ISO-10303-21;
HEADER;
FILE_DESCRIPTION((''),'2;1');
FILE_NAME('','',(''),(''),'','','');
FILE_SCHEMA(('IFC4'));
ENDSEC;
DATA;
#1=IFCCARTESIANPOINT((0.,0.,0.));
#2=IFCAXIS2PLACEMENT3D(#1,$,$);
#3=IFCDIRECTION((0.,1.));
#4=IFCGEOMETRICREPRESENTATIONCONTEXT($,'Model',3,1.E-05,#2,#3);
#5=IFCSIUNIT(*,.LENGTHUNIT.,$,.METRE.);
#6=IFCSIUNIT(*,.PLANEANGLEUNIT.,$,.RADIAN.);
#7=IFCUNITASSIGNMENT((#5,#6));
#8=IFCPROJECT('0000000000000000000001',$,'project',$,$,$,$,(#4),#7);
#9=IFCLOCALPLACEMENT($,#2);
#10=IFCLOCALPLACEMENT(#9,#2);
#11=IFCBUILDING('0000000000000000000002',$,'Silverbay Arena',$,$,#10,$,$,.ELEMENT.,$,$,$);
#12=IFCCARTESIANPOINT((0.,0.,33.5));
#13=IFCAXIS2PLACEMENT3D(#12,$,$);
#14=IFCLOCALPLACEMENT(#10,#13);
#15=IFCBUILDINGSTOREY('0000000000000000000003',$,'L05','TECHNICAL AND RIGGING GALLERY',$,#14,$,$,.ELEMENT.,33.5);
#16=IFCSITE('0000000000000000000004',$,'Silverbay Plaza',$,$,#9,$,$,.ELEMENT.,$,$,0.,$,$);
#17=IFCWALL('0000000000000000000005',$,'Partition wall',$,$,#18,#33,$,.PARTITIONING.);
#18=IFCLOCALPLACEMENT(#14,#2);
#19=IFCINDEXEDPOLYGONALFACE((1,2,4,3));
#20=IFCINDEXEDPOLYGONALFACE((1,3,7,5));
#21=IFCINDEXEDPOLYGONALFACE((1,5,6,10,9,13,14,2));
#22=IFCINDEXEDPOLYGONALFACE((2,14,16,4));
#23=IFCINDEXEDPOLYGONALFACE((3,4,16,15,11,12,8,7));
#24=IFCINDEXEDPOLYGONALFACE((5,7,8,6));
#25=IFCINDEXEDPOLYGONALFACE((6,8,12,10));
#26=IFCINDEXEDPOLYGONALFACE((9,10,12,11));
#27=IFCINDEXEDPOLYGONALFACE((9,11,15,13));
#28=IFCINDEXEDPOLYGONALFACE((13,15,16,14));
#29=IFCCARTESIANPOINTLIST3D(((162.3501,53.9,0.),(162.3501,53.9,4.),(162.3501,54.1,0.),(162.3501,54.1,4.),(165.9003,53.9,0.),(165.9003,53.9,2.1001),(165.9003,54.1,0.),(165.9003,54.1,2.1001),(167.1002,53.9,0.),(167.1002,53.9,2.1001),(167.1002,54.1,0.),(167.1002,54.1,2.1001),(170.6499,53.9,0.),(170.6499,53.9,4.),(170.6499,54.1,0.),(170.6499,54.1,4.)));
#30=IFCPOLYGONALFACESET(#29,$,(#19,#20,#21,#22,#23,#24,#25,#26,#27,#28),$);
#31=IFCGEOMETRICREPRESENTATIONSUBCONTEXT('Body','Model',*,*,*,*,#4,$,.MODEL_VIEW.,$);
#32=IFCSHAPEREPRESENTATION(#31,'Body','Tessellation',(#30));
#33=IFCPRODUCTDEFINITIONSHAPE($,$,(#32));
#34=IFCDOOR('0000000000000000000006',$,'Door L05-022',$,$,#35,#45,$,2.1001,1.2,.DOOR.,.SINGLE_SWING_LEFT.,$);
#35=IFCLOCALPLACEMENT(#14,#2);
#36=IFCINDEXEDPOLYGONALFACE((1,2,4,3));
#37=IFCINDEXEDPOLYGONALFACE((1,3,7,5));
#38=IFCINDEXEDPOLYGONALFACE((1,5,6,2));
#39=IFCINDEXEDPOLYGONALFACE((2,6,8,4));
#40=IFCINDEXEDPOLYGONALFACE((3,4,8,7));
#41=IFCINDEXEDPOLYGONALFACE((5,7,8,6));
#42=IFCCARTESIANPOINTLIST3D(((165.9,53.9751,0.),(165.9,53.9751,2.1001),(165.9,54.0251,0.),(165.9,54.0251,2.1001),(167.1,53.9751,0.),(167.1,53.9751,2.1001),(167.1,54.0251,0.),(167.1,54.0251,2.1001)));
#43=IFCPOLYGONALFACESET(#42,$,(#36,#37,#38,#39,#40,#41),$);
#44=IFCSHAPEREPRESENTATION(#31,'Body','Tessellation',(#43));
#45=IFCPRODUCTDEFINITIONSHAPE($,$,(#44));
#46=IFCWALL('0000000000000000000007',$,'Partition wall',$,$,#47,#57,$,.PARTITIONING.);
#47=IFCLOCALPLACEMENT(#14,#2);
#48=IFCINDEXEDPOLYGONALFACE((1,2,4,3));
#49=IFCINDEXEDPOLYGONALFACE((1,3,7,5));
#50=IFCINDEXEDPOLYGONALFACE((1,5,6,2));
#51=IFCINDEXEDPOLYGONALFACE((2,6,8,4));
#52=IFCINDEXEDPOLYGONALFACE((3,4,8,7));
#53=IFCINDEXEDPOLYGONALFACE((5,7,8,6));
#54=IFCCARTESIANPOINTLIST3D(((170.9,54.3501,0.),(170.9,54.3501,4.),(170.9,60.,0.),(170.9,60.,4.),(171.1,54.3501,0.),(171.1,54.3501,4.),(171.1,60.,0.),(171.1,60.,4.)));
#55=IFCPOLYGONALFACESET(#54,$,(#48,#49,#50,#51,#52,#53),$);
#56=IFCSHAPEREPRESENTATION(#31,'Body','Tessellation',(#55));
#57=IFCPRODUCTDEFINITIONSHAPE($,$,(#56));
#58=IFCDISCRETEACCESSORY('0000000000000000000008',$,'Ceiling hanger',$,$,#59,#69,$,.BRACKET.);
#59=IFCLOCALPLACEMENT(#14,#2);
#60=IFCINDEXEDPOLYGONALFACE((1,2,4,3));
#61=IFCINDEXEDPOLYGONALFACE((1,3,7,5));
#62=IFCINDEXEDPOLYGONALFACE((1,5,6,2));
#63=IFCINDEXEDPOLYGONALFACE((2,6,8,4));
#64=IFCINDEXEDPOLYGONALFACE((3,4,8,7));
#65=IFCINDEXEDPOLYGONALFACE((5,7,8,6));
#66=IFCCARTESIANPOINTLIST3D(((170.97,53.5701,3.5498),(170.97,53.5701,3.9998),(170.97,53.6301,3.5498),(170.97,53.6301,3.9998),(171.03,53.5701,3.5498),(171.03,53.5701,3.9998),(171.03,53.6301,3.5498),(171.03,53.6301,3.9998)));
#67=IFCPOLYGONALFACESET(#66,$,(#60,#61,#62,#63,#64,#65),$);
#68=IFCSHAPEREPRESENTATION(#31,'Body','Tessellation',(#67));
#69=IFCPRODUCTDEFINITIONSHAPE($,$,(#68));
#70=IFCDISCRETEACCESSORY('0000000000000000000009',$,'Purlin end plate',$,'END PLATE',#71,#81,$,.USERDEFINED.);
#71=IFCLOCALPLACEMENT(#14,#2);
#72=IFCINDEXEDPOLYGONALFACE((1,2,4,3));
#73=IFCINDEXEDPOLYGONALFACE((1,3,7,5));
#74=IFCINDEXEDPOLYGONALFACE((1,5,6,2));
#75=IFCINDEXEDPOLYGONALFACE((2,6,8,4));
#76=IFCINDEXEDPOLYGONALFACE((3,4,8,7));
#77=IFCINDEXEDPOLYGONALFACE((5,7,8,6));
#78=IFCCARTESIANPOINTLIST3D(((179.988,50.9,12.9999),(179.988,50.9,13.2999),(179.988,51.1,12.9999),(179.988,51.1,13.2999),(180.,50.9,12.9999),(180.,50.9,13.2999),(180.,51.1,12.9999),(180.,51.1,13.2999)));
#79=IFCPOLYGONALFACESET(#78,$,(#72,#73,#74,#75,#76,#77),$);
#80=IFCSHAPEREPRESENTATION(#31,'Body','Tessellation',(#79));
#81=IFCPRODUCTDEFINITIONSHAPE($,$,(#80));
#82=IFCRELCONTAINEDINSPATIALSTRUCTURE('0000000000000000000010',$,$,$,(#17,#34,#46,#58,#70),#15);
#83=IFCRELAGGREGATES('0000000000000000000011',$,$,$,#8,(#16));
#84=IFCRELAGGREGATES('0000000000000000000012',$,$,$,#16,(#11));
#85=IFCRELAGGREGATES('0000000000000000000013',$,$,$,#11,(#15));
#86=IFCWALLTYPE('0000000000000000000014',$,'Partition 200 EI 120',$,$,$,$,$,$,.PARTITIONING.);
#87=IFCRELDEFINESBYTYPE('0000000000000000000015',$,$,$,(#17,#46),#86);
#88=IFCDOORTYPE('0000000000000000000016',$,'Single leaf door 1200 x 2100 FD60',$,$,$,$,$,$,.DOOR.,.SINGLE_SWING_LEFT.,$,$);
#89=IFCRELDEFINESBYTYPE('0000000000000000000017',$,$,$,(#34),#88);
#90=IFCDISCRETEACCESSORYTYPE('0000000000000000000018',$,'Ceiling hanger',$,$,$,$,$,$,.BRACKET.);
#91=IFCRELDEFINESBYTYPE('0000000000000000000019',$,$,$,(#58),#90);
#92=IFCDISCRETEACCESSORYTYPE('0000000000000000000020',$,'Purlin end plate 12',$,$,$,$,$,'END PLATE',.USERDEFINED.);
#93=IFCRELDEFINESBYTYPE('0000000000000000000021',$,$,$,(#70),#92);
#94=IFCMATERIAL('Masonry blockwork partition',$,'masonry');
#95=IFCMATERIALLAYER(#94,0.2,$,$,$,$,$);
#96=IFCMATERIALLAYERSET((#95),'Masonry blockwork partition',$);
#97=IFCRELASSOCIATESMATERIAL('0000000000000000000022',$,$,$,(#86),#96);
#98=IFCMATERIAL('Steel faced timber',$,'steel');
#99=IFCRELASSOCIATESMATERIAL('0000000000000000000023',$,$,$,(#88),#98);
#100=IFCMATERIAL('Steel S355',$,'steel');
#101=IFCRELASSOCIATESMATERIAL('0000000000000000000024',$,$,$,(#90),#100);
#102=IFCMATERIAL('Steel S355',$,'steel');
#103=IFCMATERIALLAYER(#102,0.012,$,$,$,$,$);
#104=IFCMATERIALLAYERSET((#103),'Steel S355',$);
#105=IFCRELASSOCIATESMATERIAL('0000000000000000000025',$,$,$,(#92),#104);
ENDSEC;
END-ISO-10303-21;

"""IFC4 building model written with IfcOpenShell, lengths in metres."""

from ifc_helpers import new_model, si_unit, direction, frame, frame_2d, origin, origin_2d, place, context, subcontext, project, spatial, rectangle, extrude, material, layer, layer_set, type_object, element, fill, save


model = new_model("IFC4")

# Units and contexts
model_context = context("Model", 3, precision=1e-05, world=origin(), true_north=direction((0.0, 1.0)))
body_context = subcontext(model_context, "Body", "Model", "MODEL_VIEW")
ifc_project = project(units=[si_unit("LENGTHUNIT", "METRE"), si_unit("PLANEANGLEUNIT", "RADIAN")], contexts=[model_context])

# Site, building, storey
site_placement = place(None, origin())
site = spatial("IfcSite", under=ifc_project, at=site_placement, Name="Silverbay Plaza", CompositionType="ELEMENT", RefElevation=0.0)
building_placement = place(site_placement, origin())
building = spatial("IfcBuilding", under=site, at=building_placement, Name="Silverbay Arena", CompositionType="ELEMENT")
storey_placement = place(building_placement, frame((0.0, 0.0, 33.5)))
storey = spatial("IfcBuildingStorey", under=building, at=storey_placement, Name="L05", Description="TECHNICAL AND RIGGING GALLERY", CompositionType="ELEMENT", Elevation=33.5)

# Wall, opening, door
ifc_material_1 = material(Name="Masonry blockwork partition", Category="masonry")
ifc_layer_1 = layer(ifc_material_1, 0.2)
ifc_layer_set_1 = layer_set([ifc_layer_1], Name="Masonry blockwork partition")
wall_type_1 = type_object("IfcWallType", Name="Partition 200 EI 120", PredefinedType="PARTITIONING", material=ifc_layer_set_1)
wall_1_placement = place(storey_placement, frame((162.3501, 54.0, 0.0), z_axis=(0.0, 0.0, 1.0), x_axis=(1.0, 0.0, 0.0)))
wall_1 = element("IfcWall", 1, at=wall_1_placement, inside=storey, type_object=wall_type_1, Name="Partition wall", PredefinedType="PARTITIONING", context=body_context, shape_type="SweptSolid", body=[
    extrude(rectangle(XDim=8.2998, YDim=0.2, at=frame_2d((4.1499, 0.0))), origin(), (0.0, 0.0, 1.0), 4.0),
])
opening_placement = place(wall_1_placement, frame((3.55, 0.0, 0.0)))
opening = element("IfcOpeningElement", 2, at=opening_placement, cuts=wall_1, PredefinedType="OPENING", context=body_context, shape_type="SweptSolid", body=[
    extrude(rectangle(XDim=1.2, YDim=2.1001, at=frame_2d((0.6001, 1.05))), frame((0.0, 0.1099, 0.0), z_axis=(0.0, -1.0, 0.0), x_axis=(1.0, 0.0, 0.0)), (0.0, 0.0, 1.0), 0.22),
])
ifc_material_2 = material(Name="Steel faced timber", Category="steel")
door_type = type_object("IfcDoorType", Name="Single leaf door 1200 x 2100 FD60", OperationType="SINGLE_SWING_LEFT", PredefinedType="DOOR", material=ifc_material_2)
door_placement = place(opening_placement, frame((1.2, 0.0, 0.0), z_axis=(0.0, 0.0, 1.0), x_axis=(-1.0, 0.0, 0.0)))
door = element("IfcDoor", 3, at=door_placement, inside=storey, type_object=door_type, Name="Door L05-022", OperationType="SINGLE_SWING_LEFT", OverallHeight=2.1001, OverallWidth=1.2, PredefinedType="DOOR", context=body_context, shape_type="SweptSolid", body=[
    extrude(rectangle(XDim=1.2, YDim=2.1001, at=frame_2d((0.6001, 1.05))), frame((0.0, 0.0249, 0.0), z_axis=(0.0, -1.0, 0.0), x_axis=(1.0, 0.0, 0.0)), (0.0, 0.0, 1.0), 0.05),
])
fill(opening, door)

# Wall
wall_2_placement = place(storey_placement, frame((171.0, 54.3501, 0.0), z_axis=(0.0, 0.0, 1.0), x_axis=(0.0, 1.0, 0.0)))
element("IfcWall", 4, at=wall_2_placement, inside=storey, type_object=wall_type_1, Name="Partition wall", PredefinedType="PARTITIONING", context=body_context, shape_type="SweptSolid", body=[
    extrude(rectangle(XDim=5.6499, YDim=0.2, at=frame_2d((2.825, 0.0))), origin(), (0.0, 0.0, 1.0), 4.0),
])

# Discrete accessories
ifc_material_3 = material(Name="Steel S355", Category="steel")
discrete_accessory_type_1 = type_object("IfcDiscreteAccessoryType", Name="Ceiling hanger", PredefinedType="BRACKET", material=ifc_material_3)
discrete_accessory_1_placement = place(storey_placement, frame((171.0, 53.6001, 3.5498), z_axis=(0.0, 0.0, 1.0), x_axis=(1.0, 0.0, 0.0)))
element("IfcDiscreteAccessory", 5, at=discrete_accessory_1_placement, inside=storey, type_object=discrete_accessory_type_1, Name="Ceiling hanger", PredefinedType="BRACKET", context=body_context, shape_type="SweptSolid", body=[
    extrude(rectangle(XDim=0.0601, YDim=0.0601, at=origin_2d()), origin(), (0.0, 0.0, 1.0), 0.45),
])
ifc_material_4 = material(Name="Steel S355", Category="steel")
ifc_layer_2 = layer(ifc_material_4, 0.012)
ifc_layer_set_2 = layer_set([ifc_layer_2], Name="Steel S355")
discrete_accessory_type_2 = type_object("IfcDiscreteAccessoryType", Name="Purlin end plate 12", ElementType="END PLATE", PredefinedType="USERDEFINED", material=ifc_layer_set_2)
discrete_accessory_2_placement = place(storey_placement, frame((180.0, 51.0, 13.1499), z_axis=(-1.0, 0.0, 0.0), x_axis=(0.0, -1.0, 0.0)))
element("IfcDiscreteAccessory", 6, at=discrete_accessory_2_placement, inside=storey, type_object=discrete_accessory_type_2, Name="Purlin end plate", ObjectType="END PLATE", PredefinedType="USERDEFINED", context=body_context, shape_type="SweptSolid", body=[
    extrude(rectangle(XDim=0.2, YDim=0.3, at=origin_2d()), origin(), (0.0, 0.0, 1.0), 0.012),
])

save(model, "model.ifc")
